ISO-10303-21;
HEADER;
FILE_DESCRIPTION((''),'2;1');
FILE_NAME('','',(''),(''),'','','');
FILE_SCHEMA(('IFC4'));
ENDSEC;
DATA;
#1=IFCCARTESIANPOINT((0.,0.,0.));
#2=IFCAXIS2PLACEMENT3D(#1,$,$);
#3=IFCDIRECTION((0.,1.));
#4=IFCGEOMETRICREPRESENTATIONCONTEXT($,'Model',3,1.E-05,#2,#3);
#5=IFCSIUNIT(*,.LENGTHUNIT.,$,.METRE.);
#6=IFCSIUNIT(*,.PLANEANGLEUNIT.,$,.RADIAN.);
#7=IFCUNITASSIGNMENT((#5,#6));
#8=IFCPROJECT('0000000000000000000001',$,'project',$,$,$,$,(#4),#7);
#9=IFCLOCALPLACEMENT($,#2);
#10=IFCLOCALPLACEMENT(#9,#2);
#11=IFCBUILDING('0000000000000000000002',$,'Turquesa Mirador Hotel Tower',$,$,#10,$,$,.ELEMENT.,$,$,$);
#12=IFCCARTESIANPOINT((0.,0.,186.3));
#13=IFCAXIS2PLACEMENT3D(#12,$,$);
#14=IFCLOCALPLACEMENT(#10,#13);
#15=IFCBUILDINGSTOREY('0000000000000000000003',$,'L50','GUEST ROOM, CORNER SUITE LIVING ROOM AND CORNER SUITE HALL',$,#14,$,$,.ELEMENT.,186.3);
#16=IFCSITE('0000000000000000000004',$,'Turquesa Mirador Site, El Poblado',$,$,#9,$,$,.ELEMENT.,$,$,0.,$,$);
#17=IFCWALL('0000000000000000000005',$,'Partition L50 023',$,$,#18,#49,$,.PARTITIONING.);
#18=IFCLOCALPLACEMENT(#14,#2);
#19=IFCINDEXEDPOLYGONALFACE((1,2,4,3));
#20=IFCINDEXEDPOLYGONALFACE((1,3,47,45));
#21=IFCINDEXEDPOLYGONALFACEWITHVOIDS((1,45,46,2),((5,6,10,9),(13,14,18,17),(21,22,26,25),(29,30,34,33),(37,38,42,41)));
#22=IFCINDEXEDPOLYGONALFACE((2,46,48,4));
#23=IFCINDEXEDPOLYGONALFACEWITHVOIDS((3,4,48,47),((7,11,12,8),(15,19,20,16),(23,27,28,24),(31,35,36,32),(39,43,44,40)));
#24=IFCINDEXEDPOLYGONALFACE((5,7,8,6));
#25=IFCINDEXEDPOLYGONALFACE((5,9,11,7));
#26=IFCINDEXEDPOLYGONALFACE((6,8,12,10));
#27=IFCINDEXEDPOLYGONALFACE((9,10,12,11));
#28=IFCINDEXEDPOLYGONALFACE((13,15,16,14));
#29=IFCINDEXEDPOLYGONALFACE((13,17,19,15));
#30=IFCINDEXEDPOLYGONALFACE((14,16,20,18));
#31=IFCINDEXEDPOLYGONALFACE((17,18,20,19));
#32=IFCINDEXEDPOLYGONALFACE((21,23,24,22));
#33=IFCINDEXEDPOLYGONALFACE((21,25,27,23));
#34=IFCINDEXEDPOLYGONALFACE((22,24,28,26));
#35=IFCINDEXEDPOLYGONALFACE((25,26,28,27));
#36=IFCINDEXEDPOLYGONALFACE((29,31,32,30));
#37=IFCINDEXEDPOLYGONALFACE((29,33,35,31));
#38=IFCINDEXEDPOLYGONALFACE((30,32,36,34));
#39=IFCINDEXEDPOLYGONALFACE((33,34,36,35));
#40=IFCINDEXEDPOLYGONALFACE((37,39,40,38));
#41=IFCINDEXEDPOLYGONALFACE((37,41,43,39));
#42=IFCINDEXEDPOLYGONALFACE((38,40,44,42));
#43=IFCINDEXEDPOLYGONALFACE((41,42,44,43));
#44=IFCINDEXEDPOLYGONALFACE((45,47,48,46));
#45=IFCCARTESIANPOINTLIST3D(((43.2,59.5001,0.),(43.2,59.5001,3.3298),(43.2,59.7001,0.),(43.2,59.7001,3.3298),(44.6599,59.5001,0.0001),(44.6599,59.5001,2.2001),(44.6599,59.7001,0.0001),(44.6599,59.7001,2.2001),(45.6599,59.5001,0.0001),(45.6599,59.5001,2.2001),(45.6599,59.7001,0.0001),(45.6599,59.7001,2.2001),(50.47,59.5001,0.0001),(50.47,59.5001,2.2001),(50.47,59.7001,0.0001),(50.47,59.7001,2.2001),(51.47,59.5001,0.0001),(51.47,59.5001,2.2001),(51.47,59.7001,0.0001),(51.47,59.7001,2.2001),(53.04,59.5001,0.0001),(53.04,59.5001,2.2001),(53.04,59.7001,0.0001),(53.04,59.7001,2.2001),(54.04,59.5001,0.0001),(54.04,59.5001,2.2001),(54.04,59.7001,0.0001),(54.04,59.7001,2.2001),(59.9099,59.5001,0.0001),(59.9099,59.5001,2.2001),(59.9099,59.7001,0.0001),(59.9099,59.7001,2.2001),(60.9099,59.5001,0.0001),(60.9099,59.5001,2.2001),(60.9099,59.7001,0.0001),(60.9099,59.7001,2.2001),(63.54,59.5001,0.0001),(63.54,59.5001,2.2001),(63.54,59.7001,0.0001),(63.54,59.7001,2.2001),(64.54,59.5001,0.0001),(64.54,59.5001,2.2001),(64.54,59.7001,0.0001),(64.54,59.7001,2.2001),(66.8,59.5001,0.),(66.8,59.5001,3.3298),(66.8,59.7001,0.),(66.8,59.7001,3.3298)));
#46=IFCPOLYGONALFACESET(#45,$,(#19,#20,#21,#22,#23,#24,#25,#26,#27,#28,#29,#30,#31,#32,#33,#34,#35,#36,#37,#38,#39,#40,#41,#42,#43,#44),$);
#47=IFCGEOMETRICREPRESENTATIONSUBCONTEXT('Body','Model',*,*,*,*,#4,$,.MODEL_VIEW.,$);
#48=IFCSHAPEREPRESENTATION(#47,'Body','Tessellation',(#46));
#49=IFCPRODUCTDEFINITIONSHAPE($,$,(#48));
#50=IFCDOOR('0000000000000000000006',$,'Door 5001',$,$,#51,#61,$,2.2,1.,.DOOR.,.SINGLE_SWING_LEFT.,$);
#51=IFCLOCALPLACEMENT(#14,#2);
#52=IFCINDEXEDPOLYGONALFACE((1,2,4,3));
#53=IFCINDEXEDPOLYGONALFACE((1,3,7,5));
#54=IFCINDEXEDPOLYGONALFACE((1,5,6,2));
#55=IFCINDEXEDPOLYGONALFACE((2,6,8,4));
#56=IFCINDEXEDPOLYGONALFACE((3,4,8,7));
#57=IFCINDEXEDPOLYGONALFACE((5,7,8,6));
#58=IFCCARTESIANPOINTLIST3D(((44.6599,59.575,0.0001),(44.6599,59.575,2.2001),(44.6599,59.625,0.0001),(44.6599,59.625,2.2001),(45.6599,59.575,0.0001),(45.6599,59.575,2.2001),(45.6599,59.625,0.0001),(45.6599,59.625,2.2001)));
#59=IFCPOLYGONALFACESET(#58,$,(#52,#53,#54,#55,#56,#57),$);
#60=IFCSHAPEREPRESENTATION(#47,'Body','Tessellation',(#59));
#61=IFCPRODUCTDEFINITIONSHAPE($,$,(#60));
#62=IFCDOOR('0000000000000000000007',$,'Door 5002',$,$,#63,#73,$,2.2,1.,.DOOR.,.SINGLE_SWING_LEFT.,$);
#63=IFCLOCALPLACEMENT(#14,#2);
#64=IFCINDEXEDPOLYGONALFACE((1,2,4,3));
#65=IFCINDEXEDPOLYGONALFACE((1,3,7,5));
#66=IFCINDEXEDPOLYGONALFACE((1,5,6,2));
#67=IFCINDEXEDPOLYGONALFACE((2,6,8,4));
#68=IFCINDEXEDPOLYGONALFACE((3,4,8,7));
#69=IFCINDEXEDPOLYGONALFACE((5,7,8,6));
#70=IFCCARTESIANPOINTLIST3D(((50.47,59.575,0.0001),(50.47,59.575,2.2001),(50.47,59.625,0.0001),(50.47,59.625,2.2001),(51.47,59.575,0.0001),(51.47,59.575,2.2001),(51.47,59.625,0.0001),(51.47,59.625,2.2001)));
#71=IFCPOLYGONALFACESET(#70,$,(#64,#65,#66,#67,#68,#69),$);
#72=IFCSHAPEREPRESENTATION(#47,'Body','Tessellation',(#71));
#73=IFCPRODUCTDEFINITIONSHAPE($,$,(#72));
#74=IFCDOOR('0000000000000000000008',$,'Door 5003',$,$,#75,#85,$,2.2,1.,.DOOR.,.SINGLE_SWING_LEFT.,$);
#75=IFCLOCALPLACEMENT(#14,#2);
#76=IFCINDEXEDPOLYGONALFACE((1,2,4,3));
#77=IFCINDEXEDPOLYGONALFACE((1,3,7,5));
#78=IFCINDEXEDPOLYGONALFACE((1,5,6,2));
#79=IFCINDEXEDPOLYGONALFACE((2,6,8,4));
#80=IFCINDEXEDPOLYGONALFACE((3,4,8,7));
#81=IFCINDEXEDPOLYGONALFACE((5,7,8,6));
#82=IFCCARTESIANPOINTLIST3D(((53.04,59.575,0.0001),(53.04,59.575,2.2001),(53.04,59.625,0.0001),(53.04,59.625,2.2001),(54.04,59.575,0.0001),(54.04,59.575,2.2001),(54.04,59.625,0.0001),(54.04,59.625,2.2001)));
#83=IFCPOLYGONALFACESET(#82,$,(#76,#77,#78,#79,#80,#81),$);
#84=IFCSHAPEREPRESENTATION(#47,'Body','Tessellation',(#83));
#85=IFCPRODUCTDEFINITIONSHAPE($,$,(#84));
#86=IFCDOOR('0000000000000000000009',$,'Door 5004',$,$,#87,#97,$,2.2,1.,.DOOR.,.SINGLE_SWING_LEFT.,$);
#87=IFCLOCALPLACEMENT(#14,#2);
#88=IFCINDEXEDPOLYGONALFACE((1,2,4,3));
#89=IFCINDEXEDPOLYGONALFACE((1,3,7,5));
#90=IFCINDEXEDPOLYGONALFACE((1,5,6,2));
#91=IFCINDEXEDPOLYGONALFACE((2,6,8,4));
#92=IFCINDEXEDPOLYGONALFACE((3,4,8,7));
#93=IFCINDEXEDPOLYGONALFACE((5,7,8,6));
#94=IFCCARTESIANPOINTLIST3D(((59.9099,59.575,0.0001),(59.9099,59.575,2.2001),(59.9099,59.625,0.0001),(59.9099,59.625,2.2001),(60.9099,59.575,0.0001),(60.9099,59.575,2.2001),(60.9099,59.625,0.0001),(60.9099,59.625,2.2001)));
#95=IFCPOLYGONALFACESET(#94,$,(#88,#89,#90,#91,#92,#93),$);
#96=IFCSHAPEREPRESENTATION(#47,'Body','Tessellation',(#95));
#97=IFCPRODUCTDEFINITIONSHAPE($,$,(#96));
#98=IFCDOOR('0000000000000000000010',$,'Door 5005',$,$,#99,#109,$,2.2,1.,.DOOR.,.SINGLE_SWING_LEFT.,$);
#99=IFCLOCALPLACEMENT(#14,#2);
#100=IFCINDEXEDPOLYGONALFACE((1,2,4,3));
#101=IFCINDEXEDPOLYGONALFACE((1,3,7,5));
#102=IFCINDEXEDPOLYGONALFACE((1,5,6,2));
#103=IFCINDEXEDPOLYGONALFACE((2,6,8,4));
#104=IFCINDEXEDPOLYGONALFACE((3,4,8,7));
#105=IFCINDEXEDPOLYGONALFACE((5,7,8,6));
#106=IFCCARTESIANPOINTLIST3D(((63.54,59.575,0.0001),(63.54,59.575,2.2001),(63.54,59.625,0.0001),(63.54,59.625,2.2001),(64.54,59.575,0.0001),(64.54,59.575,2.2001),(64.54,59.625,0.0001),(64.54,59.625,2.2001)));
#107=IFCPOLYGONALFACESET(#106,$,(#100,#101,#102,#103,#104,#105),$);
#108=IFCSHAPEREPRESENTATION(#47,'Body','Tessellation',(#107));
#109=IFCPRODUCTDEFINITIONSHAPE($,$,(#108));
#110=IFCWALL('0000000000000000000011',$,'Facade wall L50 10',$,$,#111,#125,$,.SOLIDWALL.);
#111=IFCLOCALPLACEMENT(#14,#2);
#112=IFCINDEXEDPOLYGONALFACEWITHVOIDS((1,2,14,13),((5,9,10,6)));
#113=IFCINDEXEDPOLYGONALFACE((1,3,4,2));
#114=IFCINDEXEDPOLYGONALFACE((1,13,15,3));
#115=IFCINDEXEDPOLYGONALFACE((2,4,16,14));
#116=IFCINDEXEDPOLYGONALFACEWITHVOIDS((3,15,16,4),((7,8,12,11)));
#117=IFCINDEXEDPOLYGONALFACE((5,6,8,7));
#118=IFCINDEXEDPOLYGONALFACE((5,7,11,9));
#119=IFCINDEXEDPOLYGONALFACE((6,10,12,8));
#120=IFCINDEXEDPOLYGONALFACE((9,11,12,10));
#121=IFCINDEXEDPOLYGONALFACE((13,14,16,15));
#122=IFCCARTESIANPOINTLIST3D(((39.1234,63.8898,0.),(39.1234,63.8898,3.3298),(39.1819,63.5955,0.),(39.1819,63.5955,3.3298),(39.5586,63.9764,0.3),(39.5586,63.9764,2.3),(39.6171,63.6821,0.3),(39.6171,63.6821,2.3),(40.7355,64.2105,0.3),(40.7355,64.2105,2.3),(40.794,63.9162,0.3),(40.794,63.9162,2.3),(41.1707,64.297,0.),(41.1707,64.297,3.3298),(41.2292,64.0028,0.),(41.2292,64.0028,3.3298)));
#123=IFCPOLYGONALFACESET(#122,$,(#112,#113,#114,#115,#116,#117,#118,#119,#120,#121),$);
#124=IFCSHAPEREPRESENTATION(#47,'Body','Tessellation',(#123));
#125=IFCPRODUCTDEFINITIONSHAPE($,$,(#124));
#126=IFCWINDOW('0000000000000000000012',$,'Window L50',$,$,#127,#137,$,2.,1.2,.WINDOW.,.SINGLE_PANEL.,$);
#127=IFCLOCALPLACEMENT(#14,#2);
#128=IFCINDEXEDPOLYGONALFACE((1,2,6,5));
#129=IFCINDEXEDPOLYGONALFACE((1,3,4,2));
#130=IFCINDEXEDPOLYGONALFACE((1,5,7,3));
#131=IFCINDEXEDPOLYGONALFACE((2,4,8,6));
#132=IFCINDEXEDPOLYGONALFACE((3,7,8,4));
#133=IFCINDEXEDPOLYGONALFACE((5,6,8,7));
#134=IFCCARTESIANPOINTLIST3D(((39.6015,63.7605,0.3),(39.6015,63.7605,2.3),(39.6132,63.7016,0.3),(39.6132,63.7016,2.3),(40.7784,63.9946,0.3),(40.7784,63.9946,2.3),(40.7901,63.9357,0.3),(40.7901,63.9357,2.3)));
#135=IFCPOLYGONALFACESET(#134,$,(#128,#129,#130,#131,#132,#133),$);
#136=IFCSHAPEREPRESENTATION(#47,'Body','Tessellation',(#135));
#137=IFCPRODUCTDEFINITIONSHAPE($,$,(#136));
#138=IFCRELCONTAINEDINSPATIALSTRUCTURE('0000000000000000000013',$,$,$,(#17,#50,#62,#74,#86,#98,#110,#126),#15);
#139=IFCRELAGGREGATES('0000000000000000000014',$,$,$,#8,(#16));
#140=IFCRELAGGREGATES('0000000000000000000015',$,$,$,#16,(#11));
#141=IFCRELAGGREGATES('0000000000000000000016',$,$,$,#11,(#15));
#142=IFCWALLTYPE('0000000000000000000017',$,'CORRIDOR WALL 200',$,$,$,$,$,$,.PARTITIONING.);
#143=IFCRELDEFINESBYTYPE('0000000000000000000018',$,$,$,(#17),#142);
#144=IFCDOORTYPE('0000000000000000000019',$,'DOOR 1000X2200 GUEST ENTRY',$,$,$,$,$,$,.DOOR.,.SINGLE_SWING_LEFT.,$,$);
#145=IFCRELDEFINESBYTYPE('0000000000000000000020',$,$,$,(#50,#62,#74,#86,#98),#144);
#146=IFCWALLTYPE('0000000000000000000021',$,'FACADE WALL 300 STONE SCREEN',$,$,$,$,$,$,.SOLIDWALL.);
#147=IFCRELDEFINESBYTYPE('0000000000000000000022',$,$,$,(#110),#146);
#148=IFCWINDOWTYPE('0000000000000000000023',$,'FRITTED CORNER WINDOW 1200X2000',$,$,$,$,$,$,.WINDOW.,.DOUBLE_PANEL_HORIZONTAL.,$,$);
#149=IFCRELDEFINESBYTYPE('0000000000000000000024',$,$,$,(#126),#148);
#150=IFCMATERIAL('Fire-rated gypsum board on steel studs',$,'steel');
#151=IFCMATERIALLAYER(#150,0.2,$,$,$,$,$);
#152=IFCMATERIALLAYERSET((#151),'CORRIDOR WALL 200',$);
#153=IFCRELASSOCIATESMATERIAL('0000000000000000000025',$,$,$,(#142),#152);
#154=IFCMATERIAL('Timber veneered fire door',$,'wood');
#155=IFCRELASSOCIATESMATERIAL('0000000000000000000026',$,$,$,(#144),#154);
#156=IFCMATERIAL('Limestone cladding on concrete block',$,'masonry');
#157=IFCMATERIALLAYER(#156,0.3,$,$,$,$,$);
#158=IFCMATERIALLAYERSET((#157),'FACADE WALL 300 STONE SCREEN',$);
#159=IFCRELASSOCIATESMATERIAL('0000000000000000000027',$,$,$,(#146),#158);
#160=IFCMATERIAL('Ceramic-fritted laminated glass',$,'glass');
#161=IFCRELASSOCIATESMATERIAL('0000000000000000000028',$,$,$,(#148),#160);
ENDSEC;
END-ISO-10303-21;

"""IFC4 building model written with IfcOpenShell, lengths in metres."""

from ifc_helpers import new_model, si_unit, direction, frame, frame_2d, origin, place, context, subcontext, project, spatial, rectangle, extrude, material, layer, layer_set, type_object, element, fill, save


model = new_model("IFC4")

# Units and contexts
model_context = context("Model", 3, precision=1e-05, world=origin(), true_north=direction((0.0, 1.0)))
body_context = subcontext(model_context, "Body", "Model", "MODEL_VIEW")
ifc_project = project(units=[si_unit("LENGTHUNIT", "METRE"), si_unit("PLANEANGLEUNIT", "RADIAN")], contexts=[model_context])

# Site, building, storey
site_placement = place(None, origin())
site = spatial("IfcSite", under=ifc_project, at=site_placement, Name="Turquesa Mirador Site, El Poblado", CompositionType="ELEMENT", RefElevation=0.0)
building_placement = place(site_placement, origin())
building = spatial("IfcBuilding", under=site, at=building_placement, Name="Turquesa Mirador Hotel Tower", CompositionType="ELEMENT")
storey_placement = place(building_placement, frame((0.0, 0.0, 186.3)))
storey = spatial("IfcBuildingStorey", under=building, at=storey_placement, Name="L50", Description="GUEST ROOM, CORNER SUITE LIVING ROOM AND CORNER SUITE HALL", CompositionType="ELEMENT", Elevation=186.3)

# Wall, openings, doors
ifc_material_1 = material(Name="Fire-rated gypsum board on steel studs", Category="steel")
ifc_layer_1 = layer(ifc_material_1, 0.2)
ifc_layer_set_1 = layer_set([ifc_layer_1], Name="CORRIDOR WALL 200")
wall_type_1 = type_object("IfcWallType", Name="CORRIDOR WALL 200", PredefinedType="PARTITIONING", material=ifc_layer_set_1)
wall_1_placement = place(storey_placement, frame((43.2, 59.6001, 0.0), z_axis=(0.0, 0.0, 1.0), x_axis=(1.0, 0.0, 0.0)))
wall_1 = element("IfcWall", 1, at=wall_1_placement, inside=storey, type_object=wall_type_1, Name="Partition L50 023", PredefinedType="PARTITIONING", context=body_context, shape_type="SweptSolid", body=[
    extrude(rectangle(XDim=23.6001, YDim=0.2, at=frame_2d((11.8, 0.0))), origin(), (0.0, 0.0, 1.0), 3.3298),
])
opening_1_placement = place(wall_1_placement, frame((1.46, 0.0, 0.0)))
opening_1 = element("IfcOpeningElement", 2, at=opening_1_placement, cuts=wall_1, PredefinedType="OPENING", context=body_context, shape_type="SweptSolid", body=[
    extrude(rectangle(XDim=1.0, YDim=2.2, at=frame_2d((0.5, 1.1001))), frame((0.0, 0.1099, 0.0), z_axis=(0.0, -1.0, 0.0), x_axis=(1.0, 0.0, 0.0)), (0.0, 0.0, 1.0), 0.22),
])
opening_2_placement = place(wall_1_placement, frame((7.27, 0.0, 0.0)))
opening_2 = element("IfcOpeningElement", 3, at=opening_2_placement, cuts=wall_1, PredefinedType="OPENING", context=body_context, shape_type="SweptSolid", body=[
    extrude(rectangle(XDim=1.0, YDim=2.2, at=frame_2d((0.5, 1.1001))), frame((0.0, 0.1099, 0.0), z_axis=(0.0, -1.0, 0.0), x_axis=(1.0, 0.0, 0.0)), (0.0, 0.0, 1.0), 0.22),
])
opening_3_placement = place(wall_1_placement, frame((9.8401, 0.0, 0.0)))
opening_3 = element("IfcOpeningElement", 4, at=opening_3_placement, cuts=wall_1, PredefinedType="OPENING", context=body_context, shape_type="SweptSolid", body=[
    extrude(rectangle(XDim=1.0, YDim=2.2, at=frame_2d((0.5, 1.1001))), frame((0.0, 0.1099, 0.0), z_axis=(0.0, -1.0, 0.0), x_axis=(1.0, 0.0, 0.0)), (0.0, 0.0, 1.0), 0.22),
])
opening_4_placement = place(wall_1_placement, frame((16.71, 0.0, 0.0)))
opening_4 = element("IfcOpeningElement", 5, at=opening_4_placement, cuts=wall_1, PredefinedType="OPENING", context=body_context, shape_type="SweptSolid", body=[
    extrude(rectangle(XDim=1.0, YDim=2.2, at=frame_2d((0.5, 1.1001))), frame((0.0, 0.1099, 0.0), z_axis=(0.0, -1.0, 0.0), x_axis=(1.0, 0.0, 0.0)), (0.0, 0.0, 1.0), 0.22),
])
opening_5_placement = place(wall_1_placement, frame((20.3401, 0.0, 0.0)))
opening_5 = element("IfcOpeningElement", 6, at=opening_5_placement, cuts=wall_1, PredefinedType="OPENING", context=body_context, shape_type="SweptSolid", body=[
    extrude(rectangle(XDim=1.0, YDim=2.2, at=frame_2d((0.5, 1.1001))), frame((0.0, 0.1099, 0.0), z_axis=(0.0, -1.0, 0.0), x_axis=(1.0, 0.0, 0.0)), (0.0, 0.0, 1.0), 0.22),
])
ifc_material_2 = material(Name="Timber veneered fire door", Category="wood")
door_type = type_object("IfcDoorType", Name="DOOR 1000X2200 GUEST ENTRY", OperationType="SINGLE_SWING_LEFT", PredefinedType="DOOR", material=ifc_material_2)
door_1_placement = place(opening_1_placement, origin())
door_1 = element("IfcDoor", 7, at=door_1_placement, inside=storey, type_object=door_type, Name="Door 5001", OperationType="SINGLE_SWING_LEFT", OverallHeight=2.2, OverallWidth=1.0, PredefinedType="DOOR", context=body_context, shape_type="SweptSolid", body=[
    extrude(rectangle(XDim=1.0, YDim=2.2, at=frame_2d((0.5, 1.1001))), frame((0.0, 0.0249, 0.0), z_axis=(0.0, -1.0, 0.0), x_axis=(1.0, 0.0, 0.0)), (0.0, 0.0, 1.0), 0.05),
])
fill(opening_1, door_1)
door_2_placement = place(opening_2_placement, origin())
door_2 = element("IfcDoor", 8, at=door_2_placement, inside=storey, type_object=door_type, Name="Door 5002", OperationType="SINGLE_SWING_LEFT", OverallHeight=2.2, OverallWidth=1.0, PredefinedType="DOOR", context=body_context, shape_type="SweptSolid", body=[
    extrude(rectangle(XDim=1.0, YDim=2.2, at=frame_2d((0.5, 1.1001))), frame((0.0, 0.0249, 0.0), z_axis=(0.0, -1.0, 0.0), x_axis=(1.0, 0.0, 0.0)), (0.0, 0.0, 1.0), 0.05),
])
fill(opening_2, door_2)
door_3_placement = place(opening_3_placement, origin())
door_3 = element("IfcDoor", 9, at=door_3_placement, inside=storey, type_object=door_type, Name="Door 5003", OperationType="SINGLE_SWING_LEFT", OverallHeight=2.2, OverallWidth=1.0, PredefinedType="DOOR", context=body_context, shape_type="SweptSolid", body=[
    extrude(rectangle(XDim=1.0, YDim=2.2, at=frame_2d((0.5, 1.1001))), frame((0.0, 0.0249, 0.0), z_axis=(0.0, -1.0, 0.0), x_axis=(1.0, 0.0, 0.0)), (0.0, 0.0, 1.0), 0.05),
])
fill(opening_3, door_3)
door_4_placement = place(opening_4_placement, origin())
door_4 = element("IfcDoor", 10, at=door_4_placement, inside=storey, type_object=door_type, Name="Door 5004", OperationType="SINGLE_SWING_LEFT", OverallHeight=2.2, OverallWidth=1.0, PredefinedType="DOOR", context=body_context, shape_type="SweptSolid", body=[
    extrude(rectangle(XDim=1.0, YDim=2.2, at=frame_2d((0.5, 1.1001))), frame((0.0, 0.0249, 0.0), z_axis=(0.0, -1.0, 0.0), x_axis=(1.0, 0.0, 0.0)), (0.0, 0.0, 1.0), 0.05),
])
fill(opening_4, door_4)
door_5_placement = place(opening_5_placement, origin())
door_5 = element("IfcDoor", 11, at=door_5_placement, inside=storey, type_object=door_type, Name="Door 5005", OperationType="SINGLE_SWING_LEFT", OverallHeight=2.2, OverallWidth=1.0, PredefinedType="DOOR", context=body_context, shape_type="SweptSolid", body=[
    extrude(rectangle(XDim=1.0, YDim=2.2, at=frame_2d((0.5, 1.1001))), frame((0.0, 0.0249, 0.0), z_axis=(0.0, -1.0, 0.0), x_axis=(1.0, 0.0, 0.0)), (0.0, 0.0, 1.0), 0.05),
])
fill(opening_5, door_5)

# Wall, opening, window
ifc_material_3 = material(Name="Limestone cladding on concrete block", Category="masonry")
ifc_layer_2 = layer(ifc_material_3, 0.3)
ifc_layer_set_2 = layer_set([ifc_layer_2], Name="FACADE WALL 300 STONE SCREEN")
wall_type_2 = type_object("IfcWallType", Name="FACADE WALL 300 STONE SCREEN", PredefinedType="SOLIDWALL", material=ifc_layer_set_2)
wall_2_placement = place(storey_placement, frame((41.2, 64.1499, 0.0), z_axis=(0.0, 0.0, 1.0), x_axis=(-0.980787, -0.195081, 0.0)))
wall_2 = element("IfcWall", 12, at=wall_2_placement, inside=storey, type_object=wall_type_2, Name="Facade wall L50 10", PredefinedType="SOLIDWALL", context=body_context, shape_type="SweptSolid", body=[
    extrude(rectangle(XDim=2.0874, YDim=0.3, at=frame_2d((1.0437, 0.0))), origin(), (0.0, 0.0, 1.0), 3.3298),
])
opening_6_placement = place(wall_2_placement, frame((0.4436, 0.0, 0.3)))
opening_6 = element("IfcOpeningElement", 13, at=opening_6_placement, cuts=wall_2, PredefinedType="OPENING", context=body_context, shape_type="SweptSolid", body=[
    extrude(rectangle(XDim=1.2, YDim=2.0, at=frame_2d((0.6001, 1.0))), frame((0.0, 0.1599, 0.0), z_axis=(0.0, -1.0, 0.0), x_axis=(1.0, 0.0, 0.0)), (0.0, 0.0, 1.0), 0.3201),
])
ifc_material_4 = material(Name="Ceramic-fritted laminated glass", Category="glass")
window_type = type_object("IfcWindowType", Name="FRITTED CORNER WINDOW 1200X2000", PartitioningType="DOUBLE_PANEL_HORIZONTAL", PredefinedType="WINDOW", material=ifc_material_4)
window_1_placement = place(opening_6_placement, origin())
window_1 = element("IfcWindow", 14, at=window_1_placement, inside=storey, type_object=window_type, Name="Window L50", OverallHeight=2.0, OverallWidth=1.2, PartitioningType="SINGLE_PANEL", PredefinedType="WINDOW", context=body_context, shape_type="SweptSolid", body=[
    extrude(rectangle(XDim=1.2, YDim=2.0, at=frame_2d((0.6001, 1.0))), frame((0.0, 0.1301, 0.0), z_axis=(0.0, -1.0, 0.0), x_axis=(1.0, 0.0, 0.0)), (0.0, 0.0, 1.0), 0.0601),
])
fill(opening_6, window_1)

save(model, "model.ifc")
